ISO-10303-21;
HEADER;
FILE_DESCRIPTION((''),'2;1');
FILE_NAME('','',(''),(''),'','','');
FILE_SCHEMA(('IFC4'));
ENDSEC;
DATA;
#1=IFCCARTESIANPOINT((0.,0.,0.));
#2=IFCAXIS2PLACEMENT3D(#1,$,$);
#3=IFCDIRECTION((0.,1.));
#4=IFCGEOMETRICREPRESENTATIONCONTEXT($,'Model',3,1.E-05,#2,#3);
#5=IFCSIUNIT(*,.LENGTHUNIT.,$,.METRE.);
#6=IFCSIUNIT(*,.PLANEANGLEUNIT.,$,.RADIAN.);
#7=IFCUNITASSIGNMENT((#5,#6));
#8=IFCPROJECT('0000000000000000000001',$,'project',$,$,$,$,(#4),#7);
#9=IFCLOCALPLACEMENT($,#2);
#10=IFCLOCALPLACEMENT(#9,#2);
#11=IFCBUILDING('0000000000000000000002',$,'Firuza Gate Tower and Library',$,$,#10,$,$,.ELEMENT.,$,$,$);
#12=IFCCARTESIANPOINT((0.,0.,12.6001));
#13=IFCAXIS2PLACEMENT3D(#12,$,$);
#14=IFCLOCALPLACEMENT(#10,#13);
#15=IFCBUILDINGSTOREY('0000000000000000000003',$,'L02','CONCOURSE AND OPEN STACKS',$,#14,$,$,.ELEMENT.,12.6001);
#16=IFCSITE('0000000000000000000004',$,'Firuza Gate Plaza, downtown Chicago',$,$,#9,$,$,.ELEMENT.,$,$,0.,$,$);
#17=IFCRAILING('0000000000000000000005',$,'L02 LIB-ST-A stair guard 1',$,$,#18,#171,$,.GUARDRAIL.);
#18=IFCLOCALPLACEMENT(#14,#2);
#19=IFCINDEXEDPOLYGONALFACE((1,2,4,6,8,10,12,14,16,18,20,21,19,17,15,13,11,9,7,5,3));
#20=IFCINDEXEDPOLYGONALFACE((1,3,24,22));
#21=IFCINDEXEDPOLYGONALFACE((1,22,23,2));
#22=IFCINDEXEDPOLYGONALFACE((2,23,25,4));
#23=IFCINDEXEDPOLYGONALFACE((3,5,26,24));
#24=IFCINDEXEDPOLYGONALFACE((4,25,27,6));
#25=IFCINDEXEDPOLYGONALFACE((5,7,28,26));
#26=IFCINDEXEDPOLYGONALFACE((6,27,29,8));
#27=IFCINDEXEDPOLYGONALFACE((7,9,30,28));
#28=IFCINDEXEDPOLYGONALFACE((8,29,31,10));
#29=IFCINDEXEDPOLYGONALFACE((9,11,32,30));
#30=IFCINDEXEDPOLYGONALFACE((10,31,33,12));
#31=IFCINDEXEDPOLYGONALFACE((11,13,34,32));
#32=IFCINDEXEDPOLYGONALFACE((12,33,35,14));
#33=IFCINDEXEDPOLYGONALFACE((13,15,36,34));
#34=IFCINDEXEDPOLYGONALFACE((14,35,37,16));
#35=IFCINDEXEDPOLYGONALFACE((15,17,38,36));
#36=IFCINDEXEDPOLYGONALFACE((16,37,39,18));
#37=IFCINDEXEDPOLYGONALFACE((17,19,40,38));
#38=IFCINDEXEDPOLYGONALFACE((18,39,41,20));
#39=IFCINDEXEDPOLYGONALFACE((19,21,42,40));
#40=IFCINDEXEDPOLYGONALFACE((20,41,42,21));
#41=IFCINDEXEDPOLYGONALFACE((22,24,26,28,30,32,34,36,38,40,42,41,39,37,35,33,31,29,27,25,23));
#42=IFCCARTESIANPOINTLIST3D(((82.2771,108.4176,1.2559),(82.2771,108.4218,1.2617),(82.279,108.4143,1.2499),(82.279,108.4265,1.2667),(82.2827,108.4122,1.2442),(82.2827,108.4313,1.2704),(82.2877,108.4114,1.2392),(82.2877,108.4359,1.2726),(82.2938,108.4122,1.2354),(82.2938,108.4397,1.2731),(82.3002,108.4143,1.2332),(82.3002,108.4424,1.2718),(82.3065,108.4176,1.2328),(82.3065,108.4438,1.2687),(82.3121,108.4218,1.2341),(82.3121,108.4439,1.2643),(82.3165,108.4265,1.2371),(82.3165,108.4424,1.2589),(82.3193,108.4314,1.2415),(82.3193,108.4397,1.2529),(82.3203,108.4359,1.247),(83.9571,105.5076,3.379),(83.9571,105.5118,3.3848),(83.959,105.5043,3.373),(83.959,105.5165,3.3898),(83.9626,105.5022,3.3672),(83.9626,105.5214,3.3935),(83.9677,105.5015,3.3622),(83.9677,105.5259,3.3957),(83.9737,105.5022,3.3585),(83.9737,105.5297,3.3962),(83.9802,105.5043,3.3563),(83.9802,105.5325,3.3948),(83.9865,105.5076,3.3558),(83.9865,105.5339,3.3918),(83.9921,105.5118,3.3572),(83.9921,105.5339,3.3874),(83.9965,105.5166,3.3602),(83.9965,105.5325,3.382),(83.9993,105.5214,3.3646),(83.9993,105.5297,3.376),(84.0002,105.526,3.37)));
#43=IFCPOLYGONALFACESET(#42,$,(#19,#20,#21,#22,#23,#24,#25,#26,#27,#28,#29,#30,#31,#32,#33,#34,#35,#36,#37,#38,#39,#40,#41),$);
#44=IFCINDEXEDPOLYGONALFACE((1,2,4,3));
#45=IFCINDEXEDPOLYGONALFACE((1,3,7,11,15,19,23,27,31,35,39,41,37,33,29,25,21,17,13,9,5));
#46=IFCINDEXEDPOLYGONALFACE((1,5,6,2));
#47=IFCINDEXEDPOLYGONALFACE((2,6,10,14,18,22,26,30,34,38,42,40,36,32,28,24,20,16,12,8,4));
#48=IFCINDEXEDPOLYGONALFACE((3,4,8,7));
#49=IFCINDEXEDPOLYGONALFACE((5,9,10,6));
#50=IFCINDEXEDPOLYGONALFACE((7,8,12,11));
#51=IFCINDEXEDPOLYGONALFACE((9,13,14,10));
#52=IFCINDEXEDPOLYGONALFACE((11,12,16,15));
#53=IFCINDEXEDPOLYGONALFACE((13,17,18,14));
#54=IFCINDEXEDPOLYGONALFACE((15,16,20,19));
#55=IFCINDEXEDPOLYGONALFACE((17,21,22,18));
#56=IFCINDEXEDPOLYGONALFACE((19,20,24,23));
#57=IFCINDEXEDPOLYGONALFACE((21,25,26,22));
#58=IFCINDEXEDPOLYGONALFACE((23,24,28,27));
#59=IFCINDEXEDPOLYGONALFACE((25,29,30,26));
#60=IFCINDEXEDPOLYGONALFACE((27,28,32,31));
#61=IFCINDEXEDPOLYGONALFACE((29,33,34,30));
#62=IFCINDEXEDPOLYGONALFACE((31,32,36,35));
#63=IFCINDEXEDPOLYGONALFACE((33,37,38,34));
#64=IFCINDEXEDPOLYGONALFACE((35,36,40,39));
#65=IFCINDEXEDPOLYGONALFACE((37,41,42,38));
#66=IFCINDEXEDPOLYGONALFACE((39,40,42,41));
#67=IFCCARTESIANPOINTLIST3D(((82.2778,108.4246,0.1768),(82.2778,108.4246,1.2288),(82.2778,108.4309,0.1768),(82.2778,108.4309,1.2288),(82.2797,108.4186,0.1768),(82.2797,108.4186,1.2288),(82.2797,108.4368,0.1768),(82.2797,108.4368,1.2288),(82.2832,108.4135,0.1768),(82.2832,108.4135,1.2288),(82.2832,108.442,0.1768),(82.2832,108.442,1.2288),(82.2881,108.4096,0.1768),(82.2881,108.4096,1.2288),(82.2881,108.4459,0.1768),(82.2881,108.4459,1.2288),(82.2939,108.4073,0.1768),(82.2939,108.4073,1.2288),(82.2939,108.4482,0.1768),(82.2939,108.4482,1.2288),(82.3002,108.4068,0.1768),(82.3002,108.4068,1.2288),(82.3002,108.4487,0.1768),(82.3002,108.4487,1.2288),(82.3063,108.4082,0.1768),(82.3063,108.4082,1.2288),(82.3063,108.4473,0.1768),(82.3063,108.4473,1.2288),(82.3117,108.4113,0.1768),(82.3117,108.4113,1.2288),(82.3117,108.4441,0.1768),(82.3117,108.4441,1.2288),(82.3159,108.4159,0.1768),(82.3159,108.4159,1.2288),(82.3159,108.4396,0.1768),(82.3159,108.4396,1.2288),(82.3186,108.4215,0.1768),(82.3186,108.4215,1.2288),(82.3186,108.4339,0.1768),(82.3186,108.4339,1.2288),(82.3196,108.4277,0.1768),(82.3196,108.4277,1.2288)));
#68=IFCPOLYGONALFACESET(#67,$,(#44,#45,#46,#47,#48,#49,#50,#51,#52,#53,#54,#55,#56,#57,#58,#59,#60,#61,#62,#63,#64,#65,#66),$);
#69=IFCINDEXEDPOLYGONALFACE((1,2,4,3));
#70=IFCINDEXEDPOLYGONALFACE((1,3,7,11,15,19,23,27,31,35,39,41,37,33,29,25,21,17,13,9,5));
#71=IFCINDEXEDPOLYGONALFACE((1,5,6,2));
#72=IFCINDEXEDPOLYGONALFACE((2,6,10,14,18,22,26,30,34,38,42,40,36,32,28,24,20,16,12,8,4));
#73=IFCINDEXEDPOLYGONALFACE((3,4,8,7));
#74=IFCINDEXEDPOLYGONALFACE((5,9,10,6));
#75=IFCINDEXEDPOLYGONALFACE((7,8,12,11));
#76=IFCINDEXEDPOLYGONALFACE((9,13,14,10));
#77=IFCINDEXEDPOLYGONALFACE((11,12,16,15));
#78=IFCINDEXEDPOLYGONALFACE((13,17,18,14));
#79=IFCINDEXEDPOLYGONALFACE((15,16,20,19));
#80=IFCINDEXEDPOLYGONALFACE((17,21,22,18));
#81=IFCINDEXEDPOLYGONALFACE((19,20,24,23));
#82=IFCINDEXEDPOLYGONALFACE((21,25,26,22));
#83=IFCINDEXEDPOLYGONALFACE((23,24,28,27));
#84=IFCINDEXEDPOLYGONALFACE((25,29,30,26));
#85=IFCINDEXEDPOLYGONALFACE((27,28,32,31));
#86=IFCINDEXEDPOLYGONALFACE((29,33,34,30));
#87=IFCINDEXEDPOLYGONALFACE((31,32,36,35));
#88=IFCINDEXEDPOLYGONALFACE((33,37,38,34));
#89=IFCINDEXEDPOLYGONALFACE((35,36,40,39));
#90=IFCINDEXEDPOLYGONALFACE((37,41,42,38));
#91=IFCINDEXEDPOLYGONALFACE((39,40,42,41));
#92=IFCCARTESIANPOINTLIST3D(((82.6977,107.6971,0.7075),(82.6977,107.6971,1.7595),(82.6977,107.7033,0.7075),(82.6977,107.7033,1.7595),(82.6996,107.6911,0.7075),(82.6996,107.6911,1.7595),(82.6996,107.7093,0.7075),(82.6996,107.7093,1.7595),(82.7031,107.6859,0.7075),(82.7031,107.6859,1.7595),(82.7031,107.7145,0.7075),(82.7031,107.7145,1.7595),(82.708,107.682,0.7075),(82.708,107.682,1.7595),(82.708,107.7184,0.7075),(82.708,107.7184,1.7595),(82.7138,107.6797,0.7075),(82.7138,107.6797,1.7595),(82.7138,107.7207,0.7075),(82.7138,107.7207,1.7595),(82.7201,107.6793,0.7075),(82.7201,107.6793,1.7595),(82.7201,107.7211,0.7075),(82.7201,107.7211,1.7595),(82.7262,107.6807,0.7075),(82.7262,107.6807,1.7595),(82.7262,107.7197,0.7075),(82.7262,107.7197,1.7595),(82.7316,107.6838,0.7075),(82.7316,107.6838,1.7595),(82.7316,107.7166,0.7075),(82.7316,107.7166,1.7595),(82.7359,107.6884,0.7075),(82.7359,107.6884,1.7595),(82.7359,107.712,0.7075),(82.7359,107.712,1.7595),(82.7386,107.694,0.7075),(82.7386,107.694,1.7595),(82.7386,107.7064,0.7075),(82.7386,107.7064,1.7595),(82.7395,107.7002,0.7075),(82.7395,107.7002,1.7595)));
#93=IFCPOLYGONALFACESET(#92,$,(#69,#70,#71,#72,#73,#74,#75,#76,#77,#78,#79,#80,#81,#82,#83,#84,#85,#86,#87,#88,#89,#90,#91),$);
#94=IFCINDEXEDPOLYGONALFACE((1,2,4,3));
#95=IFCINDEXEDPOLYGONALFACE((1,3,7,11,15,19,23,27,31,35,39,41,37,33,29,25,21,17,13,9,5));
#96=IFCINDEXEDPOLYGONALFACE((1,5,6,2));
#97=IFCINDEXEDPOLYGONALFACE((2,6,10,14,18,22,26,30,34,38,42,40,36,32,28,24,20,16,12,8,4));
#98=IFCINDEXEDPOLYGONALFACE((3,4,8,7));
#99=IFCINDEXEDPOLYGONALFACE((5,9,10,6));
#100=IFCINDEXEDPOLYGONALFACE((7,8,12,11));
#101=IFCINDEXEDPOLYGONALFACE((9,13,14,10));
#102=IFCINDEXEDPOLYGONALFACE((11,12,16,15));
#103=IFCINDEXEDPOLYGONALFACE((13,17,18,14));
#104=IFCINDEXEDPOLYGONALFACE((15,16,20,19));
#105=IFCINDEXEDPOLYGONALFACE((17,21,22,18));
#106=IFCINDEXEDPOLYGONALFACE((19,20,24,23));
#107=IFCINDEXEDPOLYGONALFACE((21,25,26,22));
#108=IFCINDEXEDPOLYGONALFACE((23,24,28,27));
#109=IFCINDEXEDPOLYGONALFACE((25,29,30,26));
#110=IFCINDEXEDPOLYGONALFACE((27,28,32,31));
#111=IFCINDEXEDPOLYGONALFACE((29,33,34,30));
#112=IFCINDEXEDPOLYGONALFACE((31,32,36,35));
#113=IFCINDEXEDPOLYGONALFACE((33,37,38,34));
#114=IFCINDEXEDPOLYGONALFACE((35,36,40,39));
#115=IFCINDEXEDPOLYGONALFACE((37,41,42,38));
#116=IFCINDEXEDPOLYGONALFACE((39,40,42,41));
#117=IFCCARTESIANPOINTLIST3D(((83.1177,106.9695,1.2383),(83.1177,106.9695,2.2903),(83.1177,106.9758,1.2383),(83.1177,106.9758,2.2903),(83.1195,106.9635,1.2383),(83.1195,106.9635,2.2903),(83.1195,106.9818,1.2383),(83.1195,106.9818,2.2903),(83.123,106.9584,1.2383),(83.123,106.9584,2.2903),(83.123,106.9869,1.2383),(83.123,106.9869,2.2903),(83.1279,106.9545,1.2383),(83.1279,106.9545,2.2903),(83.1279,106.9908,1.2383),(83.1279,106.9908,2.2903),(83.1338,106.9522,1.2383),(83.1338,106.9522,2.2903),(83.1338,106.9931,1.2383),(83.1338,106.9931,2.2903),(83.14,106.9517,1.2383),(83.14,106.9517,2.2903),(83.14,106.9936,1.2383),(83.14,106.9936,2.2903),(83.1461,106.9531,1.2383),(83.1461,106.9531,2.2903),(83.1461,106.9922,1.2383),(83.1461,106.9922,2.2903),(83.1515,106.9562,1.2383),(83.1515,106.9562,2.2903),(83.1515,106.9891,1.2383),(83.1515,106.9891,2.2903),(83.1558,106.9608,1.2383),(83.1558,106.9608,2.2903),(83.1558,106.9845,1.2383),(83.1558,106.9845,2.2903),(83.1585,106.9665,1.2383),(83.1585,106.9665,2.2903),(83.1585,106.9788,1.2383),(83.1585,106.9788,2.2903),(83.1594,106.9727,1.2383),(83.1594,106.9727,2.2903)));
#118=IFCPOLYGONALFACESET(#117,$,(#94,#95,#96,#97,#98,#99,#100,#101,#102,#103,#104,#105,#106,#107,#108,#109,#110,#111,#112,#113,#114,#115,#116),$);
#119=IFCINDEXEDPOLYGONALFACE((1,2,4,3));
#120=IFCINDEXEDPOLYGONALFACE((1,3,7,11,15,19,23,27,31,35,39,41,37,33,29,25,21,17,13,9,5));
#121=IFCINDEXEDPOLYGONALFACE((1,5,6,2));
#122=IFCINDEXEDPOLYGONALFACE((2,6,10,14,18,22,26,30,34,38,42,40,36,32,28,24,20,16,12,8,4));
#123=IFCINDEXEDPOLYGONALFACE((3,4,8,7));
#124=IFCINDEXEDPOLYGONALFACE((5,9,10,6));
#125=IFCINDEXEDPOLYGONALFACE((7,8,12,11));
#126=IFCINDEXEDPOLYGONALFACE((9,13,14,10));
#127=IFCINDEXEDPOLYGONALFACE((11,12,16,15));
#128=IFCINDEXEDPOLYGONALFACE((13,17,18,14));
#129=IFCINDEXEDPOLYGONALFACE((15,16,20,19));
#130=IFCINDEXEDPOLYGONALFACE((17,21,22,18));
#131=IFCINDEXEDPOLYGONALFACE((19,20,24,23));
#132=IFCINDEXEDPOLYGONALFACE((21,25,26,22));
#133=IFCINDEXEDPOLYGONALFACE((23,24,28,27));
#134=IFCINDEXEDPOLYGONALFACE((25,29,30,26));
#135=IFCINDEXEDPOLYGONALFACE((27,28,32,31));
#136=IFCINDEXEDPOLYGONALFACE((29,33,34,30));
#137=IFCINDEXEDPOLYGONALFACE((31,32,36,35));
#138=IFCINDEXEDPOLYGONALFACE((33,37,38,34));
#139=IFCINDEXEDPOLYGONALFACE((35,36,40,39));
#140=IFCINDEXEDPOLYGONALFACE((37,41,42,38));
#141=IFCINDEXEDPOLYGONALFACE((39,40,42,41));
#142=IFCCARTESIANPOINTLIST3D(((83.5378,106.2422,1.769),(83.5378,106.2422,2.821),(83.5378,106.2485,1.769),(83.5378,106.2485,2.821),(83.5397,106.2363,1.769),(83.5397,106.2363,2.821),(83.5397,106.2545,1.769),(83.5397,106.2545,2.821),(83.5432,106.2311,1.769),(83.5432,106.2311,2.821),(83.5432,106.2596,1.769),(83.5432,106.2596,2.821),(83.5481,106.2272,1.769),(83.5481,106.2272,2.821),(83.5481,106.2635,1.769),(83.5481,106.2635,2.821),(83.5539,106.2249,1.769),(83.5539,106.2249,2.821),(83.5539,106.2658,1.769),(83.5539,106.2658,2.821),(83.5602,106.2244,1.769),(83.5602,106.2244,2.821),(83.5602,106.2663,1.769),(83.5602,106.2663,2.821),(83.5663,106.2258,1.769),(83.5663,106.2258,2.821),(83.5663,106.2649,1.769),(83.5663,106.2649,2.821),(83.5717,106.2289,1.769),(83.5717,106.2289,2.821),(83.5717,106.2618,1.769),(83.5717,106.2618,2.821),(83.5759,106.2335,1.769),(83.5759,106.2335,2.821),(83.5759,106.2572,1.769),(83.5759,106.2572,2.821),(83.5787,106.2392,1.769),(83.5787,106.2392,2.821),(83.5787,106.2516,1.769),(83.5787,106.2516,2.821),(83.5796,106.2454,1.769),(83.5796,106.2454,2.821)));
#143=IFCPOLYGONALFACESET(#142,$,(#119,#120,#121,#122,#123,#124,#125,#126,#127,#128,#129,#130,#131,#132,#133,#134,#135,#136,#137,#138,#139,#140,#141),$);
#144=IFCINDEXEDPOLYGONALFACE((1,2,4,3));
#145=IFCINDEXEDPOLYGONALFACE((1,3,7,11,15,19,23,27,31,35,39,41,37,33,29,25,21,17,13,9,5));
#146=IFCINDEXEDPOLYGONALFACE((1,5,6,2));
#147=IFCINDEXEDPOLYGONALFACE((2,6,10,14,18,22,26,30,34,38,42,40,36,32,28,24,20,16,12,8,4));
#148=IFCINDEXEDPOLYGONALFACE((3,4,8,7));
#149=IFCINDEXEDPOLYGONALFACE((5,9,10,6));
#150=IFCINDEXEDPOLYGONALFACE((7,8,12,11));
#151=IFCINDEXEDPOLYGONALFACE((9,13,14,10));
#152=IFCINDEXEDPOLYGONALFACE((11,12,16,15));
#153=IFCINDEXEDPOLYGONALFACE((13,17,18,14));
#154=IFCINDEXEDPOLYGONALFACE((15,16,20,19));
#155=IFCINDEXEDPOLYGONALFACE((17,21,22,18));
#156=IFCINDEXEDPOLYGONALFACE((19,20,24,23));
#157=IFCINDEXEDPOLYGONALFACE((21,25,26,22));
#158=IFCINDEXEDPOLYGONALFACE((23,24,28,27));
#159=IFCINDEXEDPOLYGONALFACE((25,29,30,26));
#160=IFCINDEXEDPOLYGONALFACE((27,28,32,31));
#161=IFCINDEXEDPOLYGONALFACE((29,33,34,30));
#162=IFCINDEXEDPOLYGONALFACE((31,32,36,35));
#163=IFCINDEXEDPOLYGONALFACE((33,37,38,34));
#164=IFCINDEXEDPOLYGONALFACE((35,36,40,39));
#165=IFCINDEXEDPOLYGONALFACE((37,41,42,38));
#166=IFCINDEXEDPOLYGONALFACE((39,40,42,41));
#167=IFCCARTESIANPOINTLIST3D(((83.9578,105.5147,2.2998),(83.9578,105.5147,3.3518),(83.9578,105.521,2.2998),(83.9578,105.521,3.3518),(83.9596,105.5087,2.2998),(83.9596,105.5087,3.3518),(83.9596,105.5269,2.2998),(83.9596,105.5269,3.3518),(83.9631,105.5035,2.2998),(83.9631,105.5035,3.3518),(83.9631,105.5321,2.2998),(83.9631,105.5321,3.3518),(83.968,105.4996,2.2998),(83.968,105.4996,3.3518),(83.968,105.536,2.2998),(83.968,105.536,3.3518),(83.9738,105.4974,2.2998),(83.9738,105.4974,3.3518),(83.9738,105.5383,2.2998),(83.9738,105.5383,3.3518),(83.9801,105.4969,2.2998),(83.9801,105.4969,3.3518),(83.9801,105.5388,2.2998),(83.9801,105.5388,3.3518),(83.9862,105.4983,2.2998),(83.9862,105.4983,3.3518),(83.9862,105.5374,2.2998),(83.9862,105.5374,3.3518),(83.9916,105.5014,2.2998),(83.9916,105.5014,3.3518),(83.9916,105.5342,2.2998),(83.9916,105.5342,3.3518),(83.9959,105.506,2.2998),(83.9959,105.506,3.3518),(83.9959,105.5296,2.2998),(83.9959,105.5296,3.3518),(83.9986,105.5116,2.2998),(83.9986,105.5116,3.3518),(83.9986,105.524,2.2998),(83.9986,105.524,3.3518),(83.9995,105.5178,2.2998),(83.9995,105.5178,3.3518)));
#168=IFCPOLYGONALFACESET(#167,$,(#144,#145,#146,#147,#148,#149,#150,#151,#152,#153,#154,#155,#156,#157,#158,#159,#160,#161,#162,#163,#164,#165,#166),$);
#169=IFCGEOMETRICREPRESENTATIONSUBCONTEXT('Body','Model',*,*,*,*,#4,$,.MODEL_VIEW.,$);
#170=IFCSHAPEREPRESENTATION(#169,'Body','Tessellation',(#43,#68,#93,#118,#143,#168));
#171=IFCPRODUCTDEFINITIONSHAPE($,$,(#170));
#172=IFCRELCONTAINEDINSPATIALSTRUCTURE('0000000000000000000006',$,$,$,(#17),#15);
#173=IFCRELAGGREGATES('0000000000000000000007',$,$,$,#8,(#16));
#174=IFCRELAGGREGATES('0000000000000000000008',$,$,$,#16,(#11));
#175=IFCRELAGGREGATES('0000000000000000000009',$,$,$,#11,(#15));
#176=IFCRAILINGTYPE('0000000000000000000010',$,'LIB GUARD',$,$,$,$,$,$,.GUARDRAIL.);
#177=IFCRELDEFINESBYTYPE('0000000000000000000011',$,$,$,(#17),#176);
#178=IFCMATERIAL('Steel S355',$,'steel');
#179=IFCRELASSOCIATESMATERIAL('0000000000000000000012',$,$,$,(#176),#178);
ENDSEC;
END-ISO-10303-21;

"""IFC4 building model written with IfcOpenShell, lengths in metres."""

from ifc_helpers import new_model, si_unit, direction, frame, origin, origin_2d, place, context, subcontext, project, spatial, circle, extrude, material, type_object, element, save


model = new_model("IFC4")

# Units and contexts
model_context = context("Model", 3, precision=1e-05, world=origin(), true_north=direction((0.0, 1.0)))
body_context = subcontext(model_context, "Body", "Model", "MODEL_VIEW")
ifc_project = project(units=[si_unit("LENGTHUNIT", "METRE"), si_unit("PLANEANGLEUNIT", "RADIAN")], contexts=[model_context])

# Site, building, storey
site_placement = place(None, origin())
site = spatial("IfcSite", under=ifc_project, at=site_placement, Name="Firuza Gate Plaza, downtown Chicago", CompositionType="ELEMENT", RefElevation=0.0)
building_placement = place(site_placement, origin())
building = spatial("IfcBuilding", under=site, at=building_placement, Name="Firuza Gate Tower and Library", CompositionType="ELEMENT")
storey_placement = place(building_placement, frame((0.0, 0.0, 12.6001)))
storey = spatial("IfcBuildingStorey", under=building, at=storey_placement, Name="L02", Description="CONCOURSE AND OPEN STACKS", CompositionType="ELEMENT", Elevation=12.6001)

# Railing
ifc_material_1 = material(Name="Steel S355", Category="steel")
railing_type_1 = type_object("IfcRailingType", Name="LIB GUARD", PredefinedType="GUARDRAIL", material=ifc_material_1)
railing_1_placement = place(storey_placement, frame((82.2986, 108.4277, 0.1768)))
element("IfcRailing", 1, at=railing_1_placement, inside=storey, type_object=railing_type_1, Name="L02 LIB-ST-A stair guard 1", PredefinedType="GUARDRAIL", context=body_context, shape_type="SweptSolid", body=[
    extrude(circle(Radius=0.0239, at=origin_2d()), frame((0.0, 0.0, 1.0762), z_axis=(0.422672, -0.732135, 0.53416), x_axis=(0.866039, 0.499976, 0.0)), (0.0, 0.0, 1.0), 3.9746),
    extrude(circle(Radius=0.021, at=origin_2d()), origin(), (0.0, 0.0, 1.0), 1.052),
    extrude(circle(Radius=0.021, at=origin_2d()), frame((0.4199, -0.7275, 0.5308)), (0.0, 0.0, 1.0), 1.052),
    extrude(circle(Radius=0.021, at=origin_2d()), frame((0.8398, -1.4551, 1.0615)), (0.0, 0.0, 1.0), 1.052),
    extrude(circle(Radius=0.021, at=origin_2d()), frame((1.26, -2.1824, 1.5923)), (0.0, 0.0, 1.0), 1.052),
    extrude(circle(Radius=0.021, at=origin_2d()), frame((1.6799, -2.9099, 2.123)), (0.0, 0.0, 1.0), 1.052),
])

save(model, "model.ifc")
